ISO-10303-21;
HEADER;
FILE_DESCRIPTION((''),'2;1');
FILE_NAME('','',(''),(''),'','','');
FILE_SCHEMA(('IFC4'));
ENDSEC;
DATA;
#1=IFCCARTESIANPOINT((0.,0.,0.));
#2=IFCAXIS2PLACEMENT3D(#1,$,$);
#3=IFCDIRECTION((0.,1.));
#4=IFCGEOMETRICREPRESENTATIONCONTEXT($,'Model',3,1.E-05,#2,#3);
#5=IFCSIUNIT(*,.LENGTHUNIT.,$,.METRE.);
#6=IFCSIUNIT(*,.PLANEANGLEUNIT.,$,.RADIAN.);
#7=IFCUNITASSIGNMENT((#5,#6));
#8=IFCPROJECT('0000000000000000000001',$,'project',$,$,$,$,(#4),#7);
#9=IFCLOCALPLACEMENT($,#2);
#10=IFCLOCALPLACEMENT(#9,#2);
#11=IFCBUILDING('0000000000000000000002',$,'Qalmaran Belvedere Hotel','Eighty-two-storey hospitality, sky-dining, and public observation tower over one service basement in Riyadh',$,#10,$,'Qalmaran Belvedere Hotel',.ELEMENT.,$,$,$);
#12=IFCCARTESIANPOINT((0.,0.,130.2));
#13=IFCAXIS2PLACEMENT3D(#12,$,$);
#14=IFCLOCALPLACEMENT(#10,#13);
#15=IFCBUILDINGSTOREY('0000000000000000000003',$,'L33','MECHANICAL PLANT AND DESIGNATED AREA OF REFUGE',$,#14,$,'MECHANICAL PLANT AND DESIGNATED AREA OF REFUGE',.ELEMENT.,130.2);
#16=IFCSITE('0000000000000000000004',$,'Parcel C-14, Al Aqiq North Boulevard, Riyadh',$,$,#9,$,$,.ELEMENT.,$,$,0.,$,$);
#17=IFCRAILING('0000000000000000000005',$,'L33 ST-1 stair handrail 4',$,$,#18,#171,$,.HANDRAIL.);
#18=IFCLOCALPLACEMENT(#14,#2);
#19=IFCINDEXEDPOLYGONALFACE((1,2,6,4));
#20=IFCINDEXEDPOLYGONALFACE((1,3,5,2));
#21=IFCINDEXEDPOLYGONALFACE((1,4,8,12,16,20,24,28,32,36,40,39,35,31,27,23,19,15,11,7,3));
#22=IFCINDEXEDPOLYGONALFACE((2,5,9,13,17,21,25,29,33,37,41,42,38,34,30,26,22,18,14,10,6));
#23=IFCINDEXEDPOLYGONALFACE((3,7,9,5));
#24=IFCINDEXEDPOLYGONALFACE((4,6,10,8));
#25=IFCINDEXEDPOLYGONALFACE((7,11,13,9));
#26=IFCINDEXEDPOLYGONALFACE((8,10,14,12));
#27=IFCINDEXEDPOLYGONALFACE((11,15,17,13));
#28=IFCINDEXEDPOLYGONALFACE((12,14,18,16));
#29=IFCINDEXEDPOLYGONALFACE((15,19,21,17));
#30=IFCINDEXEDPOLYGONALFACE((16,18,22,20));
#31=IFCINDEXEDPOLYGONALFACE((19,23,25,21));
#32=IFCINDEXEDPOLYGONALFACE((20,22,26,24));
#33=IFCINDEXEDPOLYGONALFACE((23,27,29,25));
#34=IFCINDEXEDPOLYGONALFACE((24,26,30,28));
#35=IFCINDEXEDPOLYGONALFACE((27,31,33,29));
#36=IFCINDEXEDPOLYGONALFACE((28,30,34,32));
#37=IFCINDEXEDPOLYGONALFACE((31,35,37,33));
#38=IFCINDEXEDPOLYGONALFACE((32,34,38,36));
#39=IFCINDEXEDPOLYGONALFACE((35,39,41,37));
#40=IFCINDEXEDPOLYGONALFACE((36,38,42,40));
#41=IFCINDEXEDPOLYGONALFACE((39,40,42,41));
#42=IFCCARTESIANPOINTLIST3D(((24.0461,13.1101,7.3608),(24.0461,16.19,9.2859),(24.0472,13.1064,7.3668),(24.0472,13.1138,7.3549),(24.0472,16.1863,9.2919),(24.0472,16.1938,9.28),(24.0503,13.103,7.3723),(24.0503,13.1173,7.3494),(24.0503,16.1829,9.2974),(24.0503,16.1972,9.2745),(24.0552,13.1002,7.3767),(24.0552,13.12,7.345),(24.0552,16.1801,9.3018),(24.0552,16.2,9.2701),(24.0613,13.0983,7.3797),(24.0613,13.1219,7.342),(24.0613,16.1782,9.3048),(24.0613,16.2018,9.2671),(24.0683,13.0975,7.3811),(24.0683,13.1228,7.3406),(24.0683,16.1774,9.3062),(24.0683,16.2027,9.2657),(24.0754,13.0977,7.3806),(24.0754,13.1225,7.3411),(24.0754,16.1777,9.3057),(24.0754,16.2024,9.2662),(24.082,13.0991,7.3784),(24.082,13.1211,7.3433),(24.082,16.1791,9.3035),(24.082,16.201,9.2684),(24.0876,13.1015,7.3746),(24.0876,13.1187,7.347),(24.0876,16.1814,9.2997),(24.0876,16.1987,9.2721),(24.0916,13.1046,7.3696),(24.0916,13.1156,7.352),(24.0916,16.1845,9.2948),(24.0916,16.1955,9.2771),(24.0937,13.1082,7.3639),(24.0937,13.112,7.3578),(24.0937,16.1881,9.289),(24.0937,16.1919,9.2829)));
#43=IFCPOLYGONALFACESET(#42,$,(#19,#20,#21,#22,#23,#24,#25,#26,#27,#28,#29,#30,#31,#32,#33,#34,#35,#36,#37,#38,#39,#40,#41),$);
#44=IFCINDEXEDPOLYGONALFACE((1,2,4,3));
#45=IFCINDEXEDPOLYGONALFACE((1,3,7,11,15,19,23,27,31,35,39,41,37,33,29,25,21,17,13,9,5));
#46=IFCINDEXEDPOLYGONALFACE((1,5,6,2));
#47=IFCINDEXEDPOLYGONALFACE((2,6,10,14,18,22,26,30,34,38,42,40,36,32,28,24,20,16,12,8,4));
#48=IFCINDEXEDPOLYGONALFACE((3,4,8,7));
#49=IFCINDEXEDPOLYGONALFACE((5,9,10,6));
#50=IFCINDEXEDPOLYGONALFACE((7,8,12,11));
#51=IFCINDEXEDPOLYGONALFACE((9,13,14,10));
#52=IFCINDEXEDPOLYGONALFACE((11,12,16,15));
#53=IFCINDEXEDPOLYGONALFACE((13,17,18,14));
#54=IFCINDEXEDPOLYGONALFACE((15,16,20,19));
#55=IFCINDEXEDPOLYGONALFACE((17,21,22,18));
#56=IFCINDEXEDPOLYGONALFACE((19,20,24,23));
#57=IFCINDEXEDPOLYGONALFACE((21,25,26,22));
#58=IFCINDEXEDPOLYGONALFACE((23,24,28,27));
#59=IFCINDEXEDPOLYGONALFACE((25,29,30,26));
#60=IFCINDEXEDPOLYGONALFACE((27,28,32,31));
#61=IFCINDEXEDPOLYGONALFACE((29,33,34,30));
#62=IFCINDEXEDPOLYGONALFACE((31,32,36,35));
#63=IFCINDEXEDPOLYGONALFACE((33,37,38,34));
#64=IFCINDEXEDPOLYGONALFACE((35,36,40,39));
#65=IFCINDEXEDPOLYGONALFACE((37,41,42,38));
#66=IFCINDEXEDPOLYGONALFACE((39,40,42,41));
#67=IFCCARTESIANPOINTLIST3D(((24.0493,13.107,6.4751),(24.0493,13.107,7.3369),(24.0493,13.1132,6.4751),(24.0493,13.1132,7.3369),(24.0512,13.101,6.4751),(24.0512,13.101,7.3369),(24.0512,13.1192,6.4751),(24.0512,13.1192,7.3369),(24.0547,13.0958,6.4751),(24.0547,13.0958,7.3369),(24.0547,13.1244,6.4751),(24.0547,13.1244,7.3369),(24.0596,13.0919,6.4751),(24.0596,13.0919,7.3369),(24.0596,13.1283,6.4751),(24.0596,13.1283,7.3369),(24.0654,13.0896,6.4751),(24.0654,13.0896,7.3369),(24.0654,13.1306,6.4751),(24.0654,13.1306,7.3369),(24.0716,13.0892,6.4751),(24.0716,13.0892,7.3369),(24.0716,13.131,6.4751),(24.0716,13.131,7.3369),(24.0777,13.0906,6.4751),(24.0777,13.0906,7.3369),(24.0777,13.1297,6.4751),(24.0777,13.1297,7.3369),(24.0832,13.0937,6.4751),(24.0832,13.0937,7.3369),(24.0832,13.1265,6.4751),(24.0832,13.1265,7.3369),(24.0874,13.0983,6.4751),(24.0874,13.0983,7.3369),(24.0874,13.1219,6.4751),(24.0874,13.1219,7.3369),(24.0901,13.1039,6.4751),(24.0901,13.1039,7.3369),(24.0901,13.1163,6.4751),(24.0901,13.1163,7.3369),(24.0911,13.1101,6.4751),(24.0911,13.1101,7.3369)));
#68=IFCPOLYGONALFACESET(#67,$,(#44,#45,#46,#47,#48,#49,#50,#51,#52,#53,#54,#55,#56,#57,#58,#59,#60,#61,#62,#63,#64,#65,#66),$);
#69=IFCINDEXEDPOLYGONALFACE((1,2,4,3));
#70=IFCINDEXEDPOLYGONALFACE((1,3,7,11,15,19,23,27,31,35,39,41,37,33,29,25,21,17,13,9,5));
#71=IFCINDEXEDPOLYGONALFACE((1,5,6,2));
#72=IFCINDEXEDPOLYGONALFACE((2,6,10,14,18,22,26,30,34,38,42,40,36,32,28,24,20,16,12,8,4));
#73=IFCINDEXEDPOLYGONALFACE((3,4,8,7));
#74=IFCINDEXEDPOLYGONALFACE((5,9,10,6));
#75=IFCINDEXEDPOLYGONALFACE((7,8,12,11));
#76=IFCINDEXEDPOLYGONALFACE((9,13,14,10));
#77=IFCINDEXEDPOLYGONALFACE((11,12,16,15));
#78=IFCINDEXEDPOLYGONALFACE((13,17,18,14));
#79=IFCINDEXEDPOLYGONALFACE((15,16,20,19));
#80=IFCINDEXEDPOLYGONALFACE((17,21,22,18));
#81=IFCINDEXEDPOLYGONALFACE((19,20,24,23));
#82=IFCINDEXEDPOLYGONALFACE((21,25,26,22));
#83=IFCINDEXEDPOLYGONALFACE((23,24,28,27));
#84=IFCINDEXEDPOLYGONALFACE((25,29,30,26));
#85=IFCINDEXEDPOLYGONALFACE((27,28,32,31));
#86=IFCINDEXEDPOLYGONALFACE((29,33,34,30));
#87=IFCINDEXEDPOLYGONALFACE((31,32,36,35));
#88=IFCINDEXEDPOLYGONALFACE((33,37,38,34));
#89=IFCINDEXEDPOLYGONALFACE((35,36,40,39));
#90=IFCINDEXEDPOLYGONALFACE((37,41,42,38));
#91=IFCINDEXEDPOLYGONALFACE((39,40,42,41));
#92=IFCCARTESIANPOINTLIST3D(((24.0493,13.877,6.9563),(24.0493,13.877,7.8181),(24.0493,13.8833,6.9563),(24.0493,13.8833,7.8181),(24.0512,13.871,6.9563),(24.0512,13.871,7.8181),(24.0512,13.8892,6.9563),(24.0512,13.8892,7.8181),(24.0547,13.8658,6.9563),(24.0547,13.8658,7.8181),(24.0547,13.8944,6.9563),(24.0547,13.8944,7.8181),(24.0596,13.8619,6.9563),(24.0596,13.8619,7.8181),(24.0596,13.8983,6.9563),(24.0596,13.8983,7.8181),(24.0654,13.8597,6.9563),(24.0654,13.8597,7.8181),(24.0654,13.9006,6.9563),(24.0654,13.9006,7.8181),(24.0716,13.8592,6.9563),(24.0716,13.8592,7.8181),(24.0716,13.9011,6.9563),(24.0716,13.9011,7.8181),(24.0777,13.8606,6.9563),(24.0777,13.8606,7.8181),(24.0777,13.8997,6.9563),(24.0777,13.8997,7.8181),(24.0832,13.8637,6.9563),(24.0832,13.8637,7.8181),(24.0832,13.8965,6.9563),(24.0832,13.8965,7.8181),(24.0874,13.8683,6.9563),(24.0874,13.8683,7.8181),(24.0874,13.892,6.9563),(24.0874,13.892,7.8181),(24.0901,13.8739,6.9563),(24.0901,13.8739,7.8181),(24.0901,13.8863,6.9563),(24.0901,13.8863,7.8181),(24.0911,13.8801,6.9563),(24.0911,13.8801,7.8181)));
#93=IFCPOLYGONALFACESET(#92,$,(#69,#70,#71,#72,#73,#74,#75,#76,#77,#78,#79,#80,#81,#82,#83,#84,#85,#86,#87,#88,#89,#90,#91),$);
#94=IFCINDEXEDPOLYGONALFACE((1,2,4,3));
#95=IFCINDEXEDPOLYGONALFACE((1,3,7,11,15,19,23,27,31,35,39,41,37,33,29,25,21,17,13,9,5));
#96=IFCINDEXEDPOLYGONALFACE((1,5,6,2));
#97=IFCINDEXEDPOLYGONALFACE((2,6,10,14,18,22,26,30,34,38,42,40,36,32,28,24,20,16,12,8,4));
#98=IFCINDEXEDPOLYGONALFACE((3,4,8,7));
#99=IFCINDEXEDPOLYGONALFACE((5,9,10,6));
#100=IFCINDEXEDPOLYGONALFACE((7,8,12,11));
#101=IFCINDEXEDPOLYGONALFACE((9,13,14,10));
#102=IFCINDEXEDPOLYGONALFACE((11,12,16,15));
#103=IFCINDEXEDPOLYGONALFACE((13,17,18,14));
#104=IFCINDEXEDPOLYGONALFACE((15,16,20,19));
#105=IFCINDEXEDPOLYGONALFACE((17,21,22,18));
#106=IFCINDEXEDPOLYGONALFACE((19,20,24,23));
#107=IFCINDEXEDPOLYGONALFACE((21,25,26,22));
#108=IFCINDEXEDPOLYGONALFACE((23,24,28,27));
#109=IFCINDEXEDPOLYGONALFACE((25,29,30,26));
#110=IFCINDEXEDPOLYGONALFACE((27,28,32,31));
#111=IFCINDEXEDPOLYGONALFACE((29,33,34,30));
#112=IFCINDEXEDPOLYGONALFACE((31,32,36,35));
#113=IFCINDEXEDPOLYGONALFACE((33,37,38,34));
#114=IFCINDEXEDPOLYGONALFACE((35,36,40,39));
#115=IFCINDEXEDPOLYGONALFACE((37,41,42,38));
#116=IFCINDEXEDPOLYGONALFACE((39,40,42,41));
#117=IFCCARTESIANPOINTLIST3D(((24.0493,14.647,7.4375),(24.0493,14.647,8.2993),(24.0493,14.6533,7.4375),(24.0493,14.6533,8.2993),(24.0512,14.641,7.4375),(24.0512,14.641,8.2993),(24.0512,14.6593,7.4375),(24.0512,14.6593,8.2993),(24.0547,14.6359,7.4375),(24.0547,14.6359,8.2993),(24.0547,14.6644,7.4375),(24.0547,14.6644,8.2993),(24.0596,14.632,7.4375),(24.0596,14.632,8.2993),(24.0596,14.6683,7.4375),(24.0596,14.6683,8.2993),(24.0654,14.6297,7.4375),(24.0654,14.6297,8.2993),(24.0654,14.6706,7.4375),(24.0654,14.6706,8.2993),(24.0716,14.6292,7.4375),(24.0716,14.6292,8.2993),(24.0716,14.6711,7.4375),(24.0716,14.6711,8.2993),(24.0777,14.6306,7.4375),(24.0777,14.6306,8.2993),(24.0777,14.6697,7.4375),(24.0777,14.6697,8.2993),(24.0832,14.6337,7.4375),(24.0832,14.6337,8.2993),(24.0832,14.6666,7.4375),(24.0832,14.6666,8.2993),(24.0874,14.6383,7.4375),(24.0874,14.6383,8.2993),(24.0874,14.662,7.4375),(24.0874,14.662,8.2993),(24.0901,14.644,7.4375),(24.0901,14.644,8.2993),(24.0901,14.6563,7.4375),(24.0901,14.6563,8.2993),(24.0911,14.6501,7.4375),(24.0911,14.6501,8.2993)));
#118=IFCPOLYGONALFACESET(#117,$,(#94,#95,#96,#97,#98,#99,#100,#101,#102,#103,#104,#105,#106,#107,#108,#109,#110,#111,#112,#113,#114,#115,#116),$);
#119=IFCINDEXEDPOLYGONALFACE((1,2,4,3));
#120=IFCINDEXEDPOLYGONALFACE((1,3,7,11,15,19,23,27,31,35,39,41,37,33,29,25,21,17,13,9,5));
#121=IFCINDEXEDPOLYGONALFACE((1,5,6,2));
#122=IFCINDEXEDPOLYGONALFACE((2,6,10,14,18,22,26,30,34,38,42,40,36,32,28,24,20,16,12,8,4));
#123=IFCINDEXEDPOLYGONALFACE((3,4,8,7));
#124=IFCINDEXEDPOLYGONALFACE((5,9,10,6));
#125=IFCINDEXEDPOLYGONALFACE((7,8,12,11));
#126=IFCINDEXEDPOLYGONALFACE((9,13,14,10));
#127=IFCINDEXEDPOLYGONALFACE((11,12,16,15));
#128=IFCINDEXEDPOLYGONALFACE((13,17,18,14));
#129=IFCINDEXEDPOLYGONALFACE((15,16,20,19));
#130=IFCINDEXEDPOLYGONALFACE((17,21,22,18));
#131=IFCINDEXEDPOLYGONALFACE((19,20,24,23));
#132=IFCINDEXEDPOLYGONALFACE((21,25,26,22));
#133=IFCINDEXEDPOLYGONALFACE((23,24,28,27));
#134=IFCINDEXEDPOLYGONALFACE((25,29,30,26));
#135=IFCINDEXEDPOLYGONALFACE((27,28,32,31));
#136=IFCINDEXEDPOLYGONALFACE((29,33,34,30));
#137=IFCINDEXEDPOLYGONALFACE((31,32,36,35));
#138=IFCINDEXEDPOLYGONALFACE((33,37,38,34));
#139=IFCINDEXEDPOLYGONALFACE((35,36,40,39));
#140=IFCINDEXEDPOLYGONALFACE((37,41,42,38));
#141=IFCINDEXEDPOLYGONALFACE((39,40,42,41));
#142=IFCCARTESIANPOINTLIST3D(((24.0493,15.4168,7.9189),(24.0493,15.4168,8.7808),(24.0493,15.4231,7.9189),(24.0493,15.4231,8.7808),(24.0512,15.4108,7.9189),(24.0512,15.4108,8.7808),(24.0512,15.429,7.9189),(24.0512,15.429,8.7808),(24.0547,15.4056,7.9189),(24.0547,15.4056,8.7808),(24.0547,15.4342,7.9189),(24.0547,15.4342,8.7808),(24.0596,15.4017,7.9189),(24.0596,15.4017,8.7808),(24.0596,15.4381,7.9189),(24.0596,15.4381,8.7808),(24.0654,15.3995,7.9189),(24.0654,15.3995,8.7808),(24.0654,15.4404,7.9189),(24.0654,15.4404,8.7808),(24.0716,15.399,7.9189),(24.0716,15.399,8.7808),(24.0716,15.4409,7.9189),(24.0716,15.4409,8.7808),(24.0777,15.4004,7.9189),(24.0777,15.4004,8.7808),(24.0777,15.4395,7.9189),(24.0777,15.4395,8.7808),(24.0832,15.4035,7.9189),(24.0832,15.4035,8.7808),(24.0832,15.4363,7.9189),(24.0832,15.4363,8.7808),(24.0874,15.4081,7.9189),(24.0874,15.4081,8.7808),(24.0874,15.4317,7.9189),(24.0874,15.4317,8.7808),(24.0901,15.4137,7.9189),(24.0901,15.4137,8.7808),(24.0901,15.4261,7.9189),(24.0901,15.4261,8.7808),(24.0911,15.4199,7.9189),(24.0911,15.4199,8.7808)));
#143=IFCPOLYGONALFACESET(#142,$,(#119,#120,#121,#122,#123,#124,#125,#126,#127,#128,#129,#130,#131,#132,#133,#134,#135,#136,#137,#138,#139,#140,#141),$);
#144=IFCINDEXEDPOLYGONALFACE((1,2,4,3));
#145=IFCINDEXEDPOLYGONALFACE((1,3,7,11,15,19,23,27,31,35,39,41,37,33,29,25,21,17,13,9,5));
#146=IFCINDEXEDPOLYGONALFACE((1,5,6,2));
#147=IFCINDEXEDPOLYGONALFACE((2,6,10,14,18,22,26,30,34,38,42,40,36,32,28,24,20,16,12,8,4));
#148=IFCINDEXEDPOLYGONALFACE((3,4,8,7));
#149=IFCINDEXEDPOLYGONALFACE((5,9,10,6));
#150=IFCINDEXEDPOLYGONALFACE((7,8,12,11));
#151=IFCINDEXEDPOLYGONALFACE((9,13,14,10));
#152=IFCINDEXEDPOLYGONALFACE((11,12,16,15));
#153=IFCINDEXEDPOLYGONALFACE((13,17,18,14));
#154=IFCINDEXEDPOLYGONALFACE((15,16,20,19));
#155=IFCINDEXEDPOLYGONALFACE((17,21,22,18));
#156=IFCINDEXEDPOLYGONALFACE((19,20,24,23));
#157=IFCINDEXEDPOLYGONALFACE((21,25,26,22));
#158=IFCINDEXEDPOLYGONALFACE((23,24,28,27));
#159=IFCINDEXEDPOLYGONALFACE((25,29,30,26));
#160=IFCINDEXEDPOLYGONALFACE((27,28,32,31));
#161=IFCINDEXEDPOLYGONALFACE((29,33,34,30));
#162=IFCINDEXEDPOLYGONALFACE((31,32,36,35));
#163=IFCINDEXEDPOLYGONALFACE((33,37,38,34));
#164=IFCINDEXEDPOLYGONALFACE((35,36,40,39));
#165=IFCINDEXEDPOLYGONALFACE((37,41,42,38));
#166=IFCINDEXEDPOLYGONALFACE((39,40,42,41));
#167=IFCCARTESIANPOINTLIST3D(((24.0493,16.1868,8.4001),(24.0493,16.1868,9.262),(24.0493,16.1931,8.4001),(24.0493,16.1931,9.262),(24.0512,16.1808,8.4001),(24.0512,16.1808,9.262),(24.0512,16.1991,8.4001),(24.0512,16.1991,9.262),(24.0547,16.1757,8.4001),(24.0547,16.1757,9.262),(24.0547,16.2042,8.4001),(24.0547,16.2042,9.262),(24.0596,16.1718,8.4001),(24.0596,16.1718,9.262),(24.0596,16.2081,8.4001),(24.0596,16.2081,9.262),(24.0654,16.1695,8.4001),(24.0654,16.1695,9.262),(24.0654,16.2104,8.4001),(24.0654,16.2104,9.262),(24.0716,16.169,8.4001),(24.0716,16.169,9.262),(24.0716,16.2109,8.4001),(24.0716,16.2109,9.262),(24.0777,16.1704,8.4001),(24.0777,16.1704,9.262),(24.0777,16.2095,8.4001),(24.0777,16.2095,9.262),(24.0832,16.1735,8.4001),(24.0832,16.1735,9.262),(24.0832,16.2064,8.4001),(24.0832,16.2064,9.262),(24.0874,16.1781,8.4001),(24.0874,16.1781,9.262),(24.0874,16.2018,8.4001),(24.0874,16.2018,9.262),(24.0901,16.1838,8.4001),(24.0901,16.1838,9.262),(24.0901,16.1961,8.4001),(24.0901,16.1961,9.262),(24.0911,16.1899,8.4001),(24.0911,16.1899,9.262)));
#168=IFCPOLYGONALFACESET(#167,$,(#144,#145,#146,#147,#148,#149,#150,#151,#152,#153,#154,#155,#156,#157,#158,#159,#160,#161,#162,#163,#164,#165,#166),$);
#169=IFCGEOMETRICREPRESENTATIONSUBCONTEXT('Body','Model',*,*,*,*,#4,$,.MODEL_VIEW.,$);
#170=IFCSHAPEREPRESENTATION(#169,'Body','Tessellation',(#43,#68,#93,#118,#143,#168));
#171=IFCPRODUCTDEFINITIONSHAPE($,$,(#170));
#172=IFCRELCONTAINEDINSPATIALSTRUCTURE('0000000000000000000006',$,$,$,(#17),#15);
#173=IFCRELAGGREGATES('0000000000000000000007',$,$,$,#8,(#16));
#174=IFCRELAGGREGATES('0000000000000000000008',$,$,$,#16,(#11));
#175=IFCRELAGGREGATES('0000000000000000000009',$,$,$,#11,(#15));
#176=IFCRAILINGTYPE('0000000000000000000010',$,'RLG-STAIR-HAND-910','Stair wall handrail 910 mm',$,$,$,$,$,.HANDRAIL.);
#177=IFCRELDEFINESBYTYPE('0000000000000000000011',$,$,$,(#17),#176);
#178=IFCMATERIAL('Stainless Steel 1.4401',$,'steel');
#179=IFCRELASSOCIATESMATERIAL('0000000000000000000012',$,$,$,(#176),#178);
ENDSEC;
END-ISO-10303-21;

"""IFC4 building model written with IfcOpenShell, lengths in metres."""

from ifc_helpers import new_model, si_unit, direction, frame, origin, origin_2d, place, context, subcontext, project, spatial, circle, extrude, material, type_object, element, save


model = new_model("IFC4")

# Units and contexts
model_context = context("Model", 3, precision=1e-05, world=origin(), true_north=direction((0.0, 1.0)))
body_context = subcontext(model_context, "Body", "Model", "MODEL_VIEW")
ifc_project = project(units=[si_unit("LENGTHUNIT", "METRE"), si_unit("PLANEANGLEUNIT", "RADIAN")], contexts=[model_context])

# Site, building, storey
site_placement = place(None, origin())
site = spatial("IfcSite", under=ifc_project, at=site_placement, Name="Parcel C-14, Al Aqiq North Boulevard, Riyadh", CompositionType="ELEMENT", RefElevation=0.0)
building_placement = place(site_placement, origin())
building = spatial("IfcBuilding", under=site, at=building_placement, Name="Qalmaran Belvedere Hotel", Description="Eighty-two-storey hospitality, sky-dining, and public observation tower over one service basement in Riyadh", LongName="Qalmaran Belvedere Hotel", CompositionType="ELEMENT")
storey_placement = place(building_placement, frame((0.0, 0.0, 130.2)))
storey = spatial("IfcBuildingStorey", under=building, at=storey_placement, Name="L33", Description="MECHANICAL PLANT AND DESIGNATED AREA OF REFUGE", LongName="MECHANICAL PLANT AND DESIGNATED AREA OF REFUGE", CompositionType="ELEMENT", Elevation=130.2)

# Railing
ifc_material_1 = material(Name="Stainless Steel 1.4401", Category="steel")
railing_type_1 = type_object("IfcRailingType", Name="RLG-STAIR-HAND-910", Description="Stair wall handrail 910 mm", PredefinedType="HANDRAIL", material=ifc_material_1)
railing_1_placement = place(storey_placement, frame((24.0701, 13.1101, 6.4751)))
element("IfcRailing", 1, at=railing_1_placement, inside=storey, type_object=railing_type_1, Name="L33 ST-1 stair handrail 4", PredefinedType="HANDRAIL", context=body_context, shape_type="SweptSolid", body=[
    extrude(circle(Radius=0.0239, at=origin_2d()), frame((0.0, 0.0, 0.8857), z_axis=(0.0, 0.847979, 0.530029), x_axis=(-1.0, 0.0, 0.0)), (0.0, 0.0, 1.0), 3.6321),
    extrude(circle(Radius=0.021, at=origin_2d()), origin(), (0.0, 0.0, 1.0), 0.8618),
    extrude(circle(Radius=0.021, at=origin_2d()), frame((0.0, 0.77, 0.4812)), (0.0, 0.0, 1.0), 0.8618),
    extrude(circle(Radius=0.021, at=origin_2d()), frame((0.0, 1.54, 0.9624)), (0.0, 0.0, 1.0), 0.8618),
    extrude(circle(Radius=0.021, at=origin_2d()), frame((0.0, 2.3098, 1.4438)), (0.0, 0.0, 1.0), 0.8618),
    extrude(circle(Radius=0.021, at=origin_2d()), frame((0.0, 3.0798, 1.925)), (0.0, 0.0, 1.0), 0.8618),
])

save(model, "model.ifc")
